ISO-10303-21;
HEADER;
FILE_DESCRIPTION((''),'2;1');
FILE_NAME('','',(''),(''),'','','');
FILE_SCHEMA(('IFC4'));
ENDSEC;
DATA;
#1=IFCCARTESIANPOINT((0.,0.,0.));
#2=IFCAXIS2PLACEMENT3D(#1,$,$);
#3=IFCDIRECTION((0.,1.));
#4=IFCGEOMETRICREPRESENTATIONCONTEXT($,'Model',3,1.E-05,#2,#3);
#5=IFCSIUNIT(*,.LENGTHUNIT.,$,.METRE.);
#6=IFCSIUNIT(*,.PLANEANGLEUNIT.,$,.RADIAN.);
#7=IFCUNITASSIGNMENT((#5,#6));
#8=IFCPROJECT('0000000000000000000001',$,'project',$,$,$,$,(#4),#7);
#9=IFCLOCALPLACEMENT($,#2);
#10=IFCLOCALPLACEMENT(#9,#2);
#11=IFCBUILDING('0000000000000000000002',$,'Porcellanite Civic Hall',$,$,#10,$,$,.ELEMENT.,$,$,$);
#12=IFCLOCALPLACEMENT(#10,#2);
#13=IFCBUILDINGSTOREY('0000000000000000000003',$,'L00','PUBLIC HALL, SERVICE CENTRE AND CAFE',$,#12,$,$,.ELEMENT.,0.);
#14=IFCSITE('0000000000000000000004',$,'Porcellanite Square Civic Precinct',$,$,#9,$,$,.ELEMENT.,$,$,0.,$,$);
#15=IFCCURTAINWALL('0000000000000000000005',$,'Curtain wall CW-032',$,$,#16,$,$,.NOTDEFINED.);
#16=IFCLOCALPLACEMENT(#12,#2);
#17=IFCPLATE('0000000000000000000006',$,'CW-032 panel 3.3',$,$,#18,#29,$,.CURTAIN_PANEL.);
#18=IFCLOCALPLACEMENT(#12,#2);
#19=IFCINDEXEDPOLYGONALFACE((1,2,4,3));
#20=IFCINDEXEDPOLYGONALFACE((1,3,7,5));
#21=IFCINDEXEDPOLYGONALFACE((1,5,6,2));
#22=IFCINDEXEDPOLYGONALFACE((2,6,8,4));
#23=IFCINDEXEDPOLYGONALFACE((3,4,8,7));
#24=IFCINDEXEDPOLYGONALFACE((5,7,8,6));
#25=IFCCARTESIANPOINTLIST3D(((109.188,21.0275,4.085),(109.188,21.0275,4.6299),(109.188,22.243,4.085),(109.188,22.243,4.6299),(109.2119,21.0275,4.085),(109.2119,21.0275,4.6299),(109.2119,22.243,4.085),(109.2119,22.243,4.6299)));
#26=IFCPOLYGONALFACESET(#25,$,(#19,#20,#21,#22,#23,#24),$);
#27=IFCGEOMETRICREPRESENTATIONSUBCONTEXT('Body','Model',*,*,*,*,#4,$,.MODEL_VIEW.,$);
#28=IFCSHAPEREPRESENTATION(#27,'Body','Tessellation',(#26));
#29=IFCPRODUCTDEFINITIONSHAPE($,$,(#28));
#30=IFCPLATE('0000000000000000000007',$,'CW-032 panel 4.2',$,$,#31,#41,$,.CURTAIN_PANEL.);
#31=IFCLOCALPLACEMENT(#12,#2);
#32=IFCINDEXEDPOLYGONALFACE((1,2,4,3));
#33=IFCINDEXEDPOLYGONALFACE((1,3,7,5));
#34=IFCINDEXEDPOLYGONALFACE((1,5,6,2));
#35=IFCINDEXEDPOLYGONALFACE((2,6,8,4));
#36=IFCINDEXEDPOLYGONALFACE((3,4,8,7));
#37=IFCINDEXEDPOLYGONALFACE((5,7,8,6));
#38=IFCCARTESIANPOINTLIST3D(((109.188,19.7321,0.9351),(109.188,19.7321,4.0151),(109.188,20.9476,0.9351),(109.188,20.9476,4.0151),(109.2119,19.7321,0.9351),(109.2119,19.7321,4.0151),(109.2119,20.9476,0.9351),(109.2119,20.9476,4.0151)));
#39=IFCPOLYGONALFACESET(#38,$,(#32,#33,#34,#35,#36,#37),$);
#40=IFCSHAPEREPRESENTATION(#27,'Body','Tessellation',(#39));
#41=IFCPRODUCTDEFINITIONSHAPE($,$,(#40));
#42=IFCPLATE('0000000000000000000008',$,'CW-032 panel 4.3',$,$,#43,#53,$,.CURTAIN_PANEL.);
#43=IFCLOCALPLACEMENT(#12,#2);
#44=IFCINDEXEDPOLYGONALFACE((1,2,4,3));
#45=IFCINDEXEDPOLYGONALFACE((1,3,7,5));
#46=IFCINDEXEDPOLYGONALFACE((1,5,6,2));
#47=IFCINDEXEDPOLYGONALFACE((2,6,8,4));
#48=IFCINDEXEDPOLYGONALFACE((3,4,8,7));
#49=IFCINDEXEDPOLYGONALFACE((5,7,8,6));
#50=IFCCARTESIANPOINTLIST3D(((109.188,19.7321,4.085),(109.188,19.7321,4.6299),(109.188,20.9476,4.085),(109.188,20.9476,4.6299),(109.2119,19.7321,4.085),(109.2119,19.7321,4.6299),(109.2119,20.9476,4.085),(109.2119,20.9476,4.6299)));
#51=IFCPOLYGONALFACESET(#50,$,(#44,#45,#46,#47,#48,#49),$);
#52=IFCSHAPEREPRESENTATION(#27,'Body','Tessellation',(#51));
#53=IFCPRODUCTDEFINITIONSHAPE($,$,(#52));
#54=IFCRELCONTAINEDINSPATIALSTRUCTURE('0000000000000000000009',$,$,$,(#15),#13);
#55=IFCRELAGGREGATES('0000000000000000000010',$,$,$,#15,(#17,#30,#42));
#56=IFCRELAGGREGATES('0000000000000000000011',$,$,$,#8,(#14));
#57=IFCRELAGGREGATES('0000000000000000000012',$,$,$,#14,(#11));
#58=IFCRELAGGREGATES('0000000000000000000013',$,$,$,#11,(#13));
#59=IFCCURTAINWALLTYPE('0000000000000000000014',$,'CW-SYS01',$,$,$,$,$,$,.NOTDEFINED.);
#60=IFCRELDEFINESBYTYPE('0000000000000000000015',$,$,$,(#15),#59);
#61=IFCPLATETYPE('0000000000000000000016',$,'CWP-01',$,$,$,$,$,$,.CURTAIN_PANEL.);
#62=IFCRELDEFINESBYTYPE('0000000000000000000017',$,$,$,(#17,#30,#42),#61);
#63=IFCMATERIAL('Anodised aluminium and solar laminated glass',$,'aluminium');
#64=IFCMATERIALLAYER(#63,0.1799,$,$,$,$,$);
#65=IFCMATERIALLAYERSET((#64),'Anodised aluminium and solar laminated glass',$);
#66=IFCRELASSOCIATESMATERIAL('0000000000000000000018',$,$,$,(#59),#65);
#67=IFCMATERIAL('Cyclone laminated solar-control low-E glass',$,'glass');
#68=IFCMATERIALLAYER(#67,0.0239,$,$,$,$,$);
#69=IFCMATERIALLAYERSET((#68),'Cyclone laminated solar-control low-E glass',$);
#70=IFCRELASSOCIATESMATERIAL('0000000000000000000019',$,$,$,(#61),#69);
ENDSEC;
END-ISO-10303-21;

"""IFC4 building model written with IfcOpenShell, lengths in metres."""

from ifc_helpers import new_model, si_unit, direction, frame, origin, origin_2d, place, context, subcontext, project, spatial, rectangle, extrude, material, layer, layer_set, type_object, element, aggregate, save


model = new_model("IFC4")

# Units and contexts
model_context = context("Model", 3, precision=1e-05, world=origin(), true_north=direction((0.0, 1.0)))
body_context = subcontext(model_context, "Body", "Model", "MODEL_VIEW")
ifc_project = project(units=[si_unit("LENGTHUNIT", "METRE"), si_unit("PLANEANGLEUNIT", "RADIAN")], contexts=[model_context])

# Site, building, storey
site_placement = place(None, origin())
site = spatial("IfcSite", under=ifc_project, at=site_placement, Name="Porcellanite Square Civic Precinct", CompositionType="ELEMENT", RefElevation=0.0)
building_placement = place(site_placement, origin())
building = spatial("IfcBuilding", under=site, at=building_placement, Name="Porcellanite Civic Hall", CompositionType="ELEMENT")
storey_placement = place(building_placement, origin())
storey = spatial("IfcBuildingStorey", under=building, at=storey_placement, Name="L00", Description="PUBLIC HALL, SERVICE CENTRE AND CAFE", CompositionType="ELEMENT", Elevation=0.0)

# Curtain wall, plates
ifc_material_1 = material(Name="Anodised aluminium and solar laminated glass", Category="aluminium")
ifc_layer_1 = layer(ifc_material_1, 0.1799)
ifc_layer_set_1 = layer_set([ifc_layer_1], Name="Anodised aluminium and solar laminated glass")
curtain_wall_type = type_object("IfcCurtainWallType", Name="CW-SYS01", PredefinedType="NOTDEFINED", material=ifc_layer_set_1)
curtain_wall_placement = place(storey_placement, origin())
curtain_wall = element("IfcCurtainWall", 1, at=curtain_wall_placement, inside=storey, type_object=curtain_wall_type, Name="Curtain wall CW-032", PredefinedType="NOTDEFINED")
ifc_material_2 = material(Name="Cyclone laminated solar-control low-E glass", Category="glass")
ifc_layer_2 = layer(ifc_material_2, 0.0239)
ifc_layer_set_2 = layer_set([ifc_layer_2], Name="Cyclone laminated solar-control low-E glass")
plate_type = type_object("IfcPlateType", Name="CWP-01", PredefinedType="CURTAIN_PANEL", material=ifc_layer_set_2)
plate_1_placement = place(storey_placement, frame((109.2, 21.6353, 4.085), z_axis=(0.0, 0.0, 1.0), x_axis=(0.0, -1.0, 0.0)))
plate_1 = element("IfcPlate", 2, at=plate_1_placement, type_object=plate_type, Name="CW-032 panel 3.3", PredefinedType="CURTAIN_PANEL", context=body_context, shape_type="SweptSolid", body=[
    extrude(rectangle(XDim=1.2156, YDim=0.0239, at=origin_2d()), origin(), (0.0, 0.0, 1.0), 0.5449),
])
plate_2_placement = place(storey_placement, frame((109.2, 20.3398, 0.9351), z_axis=(0.0, 0.0, 1.0), x_axis=(0.0, -1.0, 0.0)))
plate_2 = element("IfcPlate", 3, at=plate_2_placement, type_object=plate_type, Name="CW-032 panel 4.2", PredefinedType="CURTAIN_PANEL", context=body_context, shape_type="SweptSolid", body=[
    extrude(rectangle(XDim=1.2156, YDim=0.0239, at=origin_2d()), origin(), (0.0, 0.0, 1.0), 3.0801),
])
plate_3_placement = place(storey_placement, frame((109.2, 20.3398, 4.085), z_axis=(0.0, 0.0, 1.0), x_axis=(0.0, -1.0, 0.0)))
plate_3 = element("IfcPlate", 4, at=plate_3_placement, type_object=plate_type, Name="CW-032 panel 4.3", PredefinedType="CURTAIN_PANEL", context=body_context, shape_type="SweptSolid", body=[
    extrude(rectangle(XDim=1.2156, YDim=0.0239, at=origin_2d()), origin(), (0.0, 0.0, 1.0), 0.5449),
])
aggregate(curtain_wall, [plate_1, plate_2, plate_3])

save(model, "model.ifc")
